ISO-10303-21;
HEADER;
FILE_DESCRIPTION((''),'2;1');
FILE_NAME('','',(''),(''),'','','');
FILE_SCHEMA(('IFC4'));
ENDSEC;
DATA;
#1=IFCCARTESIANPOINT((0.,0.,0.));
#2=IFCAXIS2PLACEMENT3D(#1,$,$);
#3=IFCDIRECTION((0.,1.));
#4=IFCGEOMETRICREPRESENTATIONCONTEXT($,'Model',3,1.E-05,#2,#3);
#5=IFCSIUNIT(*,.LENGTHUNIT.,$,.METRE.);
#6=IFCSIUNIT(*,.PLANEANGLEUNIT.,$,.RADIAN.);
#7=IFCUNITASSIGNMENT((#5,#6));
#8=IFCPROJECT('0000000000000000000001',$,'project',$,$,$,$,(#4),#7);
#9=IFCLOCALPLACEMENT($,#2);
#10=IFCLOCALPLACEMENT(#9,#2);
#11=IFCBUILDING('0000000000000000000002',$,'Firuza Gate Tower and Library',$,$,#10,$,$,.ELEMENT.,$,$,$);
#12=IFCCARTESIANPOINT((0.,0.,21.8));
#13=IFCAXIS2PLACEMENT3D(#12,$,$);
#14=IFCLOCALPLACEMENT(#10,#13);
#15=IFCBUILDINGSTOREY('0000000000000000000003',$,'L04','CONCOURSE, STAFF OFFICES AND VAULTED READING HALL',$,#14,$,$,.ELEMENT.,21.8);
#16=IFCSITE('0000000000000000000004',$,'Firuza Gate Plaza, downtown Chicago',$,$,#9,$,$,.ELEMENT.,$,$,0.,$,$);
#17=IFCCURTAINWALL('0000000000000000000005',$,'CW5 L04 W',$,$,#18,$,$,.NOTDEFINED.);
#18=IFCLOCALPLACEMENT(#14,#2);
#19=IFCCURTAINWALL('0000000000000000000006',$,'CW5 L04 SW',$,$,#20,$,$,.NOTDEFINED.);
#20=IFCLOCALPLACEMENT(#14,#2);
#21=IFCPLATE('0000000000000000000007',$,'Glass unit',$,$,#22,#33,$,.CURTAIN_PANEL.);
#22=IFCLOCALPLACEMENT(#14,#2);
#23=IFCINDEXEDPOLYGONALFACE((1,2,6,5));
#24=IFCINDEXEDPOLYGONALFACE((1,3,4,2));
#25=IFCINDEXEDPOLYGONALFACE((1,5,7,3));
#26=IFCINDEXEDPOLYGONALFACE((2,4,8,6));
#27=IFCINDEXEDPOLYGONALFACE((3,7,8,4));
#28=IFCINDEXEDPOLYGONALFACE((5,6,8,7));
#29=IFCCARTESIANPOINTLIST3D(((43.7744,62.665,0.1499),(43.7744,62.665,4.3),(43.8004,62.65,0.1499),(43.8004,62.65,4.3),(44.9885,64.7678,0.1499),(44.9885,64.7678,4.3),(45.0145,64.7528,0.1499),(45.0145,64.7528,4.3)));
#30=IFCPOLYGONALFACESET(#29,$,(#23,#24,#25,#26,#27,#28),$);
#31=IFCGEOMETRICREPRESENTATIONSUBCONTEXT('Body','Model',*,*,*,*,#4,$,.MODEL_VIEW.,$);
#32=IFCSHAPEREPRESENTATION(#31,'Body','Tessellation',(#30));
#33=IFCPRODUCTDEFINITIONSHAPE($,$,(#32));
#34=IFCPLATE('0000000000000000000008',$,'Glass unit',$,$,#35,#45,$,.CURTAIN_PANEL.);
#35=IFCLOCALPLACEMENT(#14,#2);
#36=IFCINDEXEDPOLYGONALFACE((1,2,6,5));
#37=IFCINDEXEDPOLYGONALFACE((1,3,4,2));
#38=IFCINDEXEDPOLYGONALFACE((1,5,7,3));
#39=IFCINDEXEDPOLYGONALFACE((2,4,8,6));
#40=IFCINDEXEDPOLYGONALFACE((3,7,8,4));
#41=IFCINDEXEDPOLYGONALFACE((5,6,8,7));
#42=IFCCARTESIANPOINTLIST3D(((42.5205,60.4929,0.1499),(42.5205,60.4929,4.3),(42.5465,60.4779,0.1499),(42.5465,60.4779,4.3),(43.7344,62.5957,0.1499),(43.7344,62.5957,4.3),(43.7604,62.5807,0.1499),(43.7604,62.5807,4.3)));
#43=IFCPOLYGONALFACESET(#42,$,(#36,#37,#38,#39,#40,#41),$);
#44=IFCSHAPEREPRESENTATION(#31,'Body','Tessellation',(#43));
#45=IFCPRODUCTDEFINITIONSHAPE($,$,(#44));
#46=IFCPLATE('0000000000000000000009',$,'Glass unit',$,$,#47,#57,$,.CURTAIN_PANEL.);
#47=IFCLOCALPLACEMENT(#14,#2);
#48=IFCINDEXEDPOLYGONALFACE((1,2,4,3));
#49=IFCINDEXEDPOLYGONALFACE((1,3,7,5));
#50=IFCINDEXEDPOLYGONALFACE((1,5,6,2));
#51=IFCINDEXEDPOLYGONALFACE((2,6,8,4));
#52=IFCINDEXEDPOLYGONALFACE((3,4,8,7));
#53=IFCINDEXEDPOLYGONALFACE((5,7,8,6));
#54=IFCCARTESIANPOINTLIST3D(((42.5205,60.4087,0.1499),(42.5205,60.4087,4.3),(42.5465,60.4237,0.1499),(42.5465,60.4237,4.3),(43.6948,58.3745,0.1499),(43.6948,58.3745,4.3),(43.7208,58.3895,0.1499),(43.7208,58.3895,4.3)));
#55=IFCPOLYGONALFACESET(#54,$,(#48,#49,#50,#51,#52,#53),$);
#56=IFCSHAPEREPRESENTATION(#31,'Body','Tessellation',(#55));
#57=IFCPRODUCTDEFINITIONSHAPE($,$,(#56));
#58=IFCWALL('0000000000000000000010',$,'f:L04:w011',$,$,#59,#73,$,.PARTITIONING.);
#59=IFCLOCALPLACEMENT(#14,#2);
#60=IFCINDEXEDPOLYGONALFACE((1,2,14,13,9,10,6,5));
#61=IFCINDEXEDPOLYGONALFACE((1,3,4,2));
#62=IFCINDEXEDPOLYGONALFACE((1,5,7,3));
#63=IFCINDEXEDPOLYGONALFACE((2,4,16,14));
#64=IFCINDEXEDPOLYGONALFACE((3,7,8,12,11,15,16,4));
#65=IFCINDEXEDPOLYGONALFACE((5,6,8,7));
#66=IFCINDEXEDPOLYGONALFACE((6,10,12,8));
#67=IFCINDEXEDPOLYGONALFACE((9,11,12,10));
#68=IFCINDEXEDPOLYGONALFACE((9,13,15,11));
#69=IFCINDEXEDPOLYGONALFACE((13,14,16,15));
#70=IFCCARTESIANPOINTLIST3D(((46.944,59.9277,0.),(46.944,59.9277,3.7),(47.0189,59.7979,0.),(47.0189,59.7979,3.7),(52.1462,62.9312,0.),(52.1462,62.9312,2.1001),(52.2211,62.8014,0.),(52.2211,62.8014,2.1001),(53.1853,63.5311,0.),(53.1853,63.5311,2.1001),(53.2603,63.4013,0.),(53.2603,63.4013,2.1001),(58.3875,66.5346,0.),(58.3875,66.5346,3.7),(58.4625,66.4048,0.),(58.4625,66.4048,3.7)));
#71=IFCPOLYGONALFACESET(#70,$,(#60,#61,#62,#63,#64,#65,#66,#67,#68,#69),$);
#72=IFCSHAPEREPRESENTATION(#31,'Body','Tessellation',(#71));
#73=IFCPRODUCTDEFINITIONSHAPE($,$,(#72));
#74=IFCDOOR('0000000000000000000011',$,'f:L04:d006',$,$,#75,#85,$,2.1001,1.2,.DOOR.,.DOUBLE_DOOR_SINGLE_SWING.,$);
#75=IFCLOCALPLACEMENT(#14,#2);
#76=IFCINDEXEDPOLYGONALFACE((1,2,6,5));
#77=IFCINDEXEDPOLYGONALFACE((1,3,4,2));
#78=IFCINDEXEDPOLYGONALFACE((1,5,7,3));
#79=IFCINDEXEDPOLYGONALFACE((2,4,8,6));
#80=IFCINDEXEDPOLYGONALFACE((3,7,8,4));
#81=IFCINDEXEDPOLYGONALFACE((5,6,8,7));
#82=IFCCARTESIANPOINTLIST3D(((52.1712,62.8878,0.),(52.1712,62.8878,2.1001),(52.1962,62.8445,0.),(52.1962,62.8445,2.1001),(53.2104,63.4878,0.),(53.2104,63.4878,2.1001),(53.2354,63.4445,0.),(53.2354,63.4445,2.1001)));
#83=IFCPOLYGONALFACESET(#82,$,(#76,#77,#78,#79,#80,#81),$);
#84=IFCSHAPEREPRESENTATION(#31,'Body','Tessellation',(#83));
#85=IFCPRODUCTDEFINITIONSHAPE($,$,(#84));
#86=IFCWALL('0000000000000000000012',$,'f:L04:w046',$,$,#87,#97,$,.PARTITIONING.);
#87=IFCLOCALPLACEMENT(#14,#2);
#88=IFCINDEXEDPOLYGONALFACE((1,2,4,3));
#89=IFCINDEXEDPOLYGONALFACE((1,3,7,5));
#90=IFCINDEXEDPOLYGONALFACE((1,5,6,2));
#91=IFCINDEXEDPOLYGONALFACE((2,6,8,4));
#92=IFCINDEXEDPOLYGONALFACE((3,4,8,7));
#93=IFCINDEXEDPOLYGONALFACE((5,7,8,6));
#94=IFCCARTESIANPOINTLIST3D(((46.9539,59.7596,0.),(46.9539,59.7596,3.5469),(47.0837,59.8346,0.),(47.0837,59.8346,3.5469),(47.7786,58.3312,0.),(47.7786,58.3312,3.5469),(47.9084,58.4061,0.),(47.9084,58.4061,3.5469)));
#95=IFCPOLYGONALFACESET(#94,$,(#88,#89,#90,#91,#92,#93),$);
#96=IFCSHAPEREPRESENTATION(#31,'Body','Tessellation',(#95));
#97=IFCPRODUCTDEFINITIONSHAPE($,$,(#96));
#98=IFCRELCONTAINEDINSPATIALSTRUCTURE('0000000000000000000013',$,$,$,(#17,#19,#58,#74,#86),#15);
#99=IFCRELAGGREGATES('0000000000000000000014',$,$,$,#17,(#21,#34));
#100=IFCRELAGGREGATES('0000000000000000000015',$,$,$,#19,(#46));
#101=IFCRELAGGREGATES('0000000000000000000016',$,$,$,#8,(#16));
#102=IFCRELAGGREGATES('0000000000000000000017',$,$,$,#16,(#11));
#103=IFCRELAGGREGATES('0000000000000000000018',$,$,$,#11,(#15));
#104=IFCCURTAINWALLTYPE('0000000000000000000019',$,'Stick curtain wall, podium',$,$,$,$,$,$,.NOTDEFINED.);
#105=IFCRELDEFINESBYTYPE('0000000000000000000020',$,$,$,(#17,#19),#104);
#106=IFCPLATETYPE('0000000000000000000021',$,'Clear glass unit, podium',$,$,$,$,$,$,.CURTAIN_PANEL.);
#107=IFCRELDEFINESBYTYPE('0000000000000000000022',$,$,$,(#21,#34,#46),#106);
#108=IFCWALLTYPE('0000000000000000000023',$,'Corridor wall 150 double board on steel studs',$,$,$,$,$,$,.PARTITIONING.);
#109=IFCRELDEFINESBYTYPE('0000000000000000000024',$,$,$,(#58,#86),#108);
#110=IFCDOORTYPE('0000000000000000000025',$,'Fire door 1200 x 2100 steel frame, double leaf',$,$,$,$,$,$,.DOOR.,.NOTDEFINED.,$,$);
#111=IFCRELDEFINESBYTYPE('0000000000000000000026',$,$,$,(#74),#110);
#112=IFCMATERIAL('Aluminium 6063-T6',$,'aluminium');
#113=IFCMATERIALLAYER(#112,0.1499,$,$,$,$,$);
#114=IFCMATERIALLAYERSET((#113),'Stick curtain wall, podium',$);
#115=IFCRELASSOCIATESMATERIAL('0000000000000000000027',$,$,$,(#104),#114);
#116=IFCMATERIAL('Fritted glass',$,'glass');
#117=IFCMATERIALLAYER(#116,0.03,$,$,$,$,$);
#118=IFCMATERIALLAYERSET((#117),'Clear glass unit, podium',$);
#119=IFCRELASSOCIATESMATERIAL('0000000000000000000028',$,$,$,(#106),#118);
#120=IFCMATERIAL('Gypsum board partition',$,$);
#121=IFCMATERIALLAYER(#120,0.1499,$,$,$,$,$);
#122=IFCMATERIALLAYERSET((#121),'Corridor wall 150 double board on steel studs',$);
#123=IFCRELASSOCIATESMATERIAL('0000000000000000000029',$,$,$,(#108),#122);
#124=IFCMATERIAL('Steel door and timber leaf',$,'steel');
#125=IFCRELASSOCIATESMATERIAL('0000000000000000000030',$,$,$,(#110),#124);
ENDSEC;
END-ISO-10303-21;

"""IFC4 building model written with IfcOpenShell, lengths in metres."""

from ifc_helpers import new_model, si_unit, direction, frame, frame_2d, origin, place, context, subcontext, project, spatial, polyline, rectangle, outline, extrude, material, layer, layer_set, type_object, element, fill, aggregate, save


model = new_model("IFC4")

# Units and contexts
model_context = context("Model", 3, precision=1e-05, world=origin(), true_north=direction((0.0, 1.0)))
body_context = subcontext(model_context, "Body", "Model", "MODEL_VIEW")
ifc_project = project(units=[si_unit("LENGTHUNIT", "METRE"), si_unit("PLANEANGLEUNIT", "RADIAN")], contexts=[model_context])

# Site, building, storey
site_placement = place(None, origin())
site = spatial("IfcSite", under=ifc_project, at=site_placement, Name="Firuza Gate Plaza, downtown Chicago", CompositionType="ELEMENT", RefElevation=0.0)
building_placement = place(site_placement, origin())
building = spatial("IfcBuilding", under=site, at=building_placement, Name="Firuza Gate Tower and Library", CompositionType="ELEMENT")
storey_placement = place(building_placement, frame((0.0, 0.0, 21.8)))
storey = spatial("IfcBuildingStorey", under=building, at=storey_placement, Name="L04", Description="CONCOURSE, STAFF OFFICES AND VAULTED READING HALL", CompositionType="ELEMENT", Elevation=21.8)

# Curtain walls
ifc_material_1 = material(Name="Aluminium 6063-T6", Category="aluminium")
ifc_layer_1 = layer(ifc_material_1, 0.1499)
ifc_layer_set_1 = layer_set([ifc_layer_1], Name="Stick curtain wall, podium")
curtain_wall_type = type_object("IfcCurtainWallType", Name="Stick curtain wall, podium", PredefinedType="NOTDEFINED", material=ifc_layer_set_1)
placement = place(storey_placement, origin())
curtain_wall_1 = element("IfcCurtainWall", 1, at=placement, inside=storey, type_object=curtain_wall_type, Name="CW5 L04 W", PredefinedType="NOTDEFINED")
curtain_wall_2 = element("IfcCurtainWall", 2, at=placement, inside=storey, type_object=curtain_wall_type, Name="CW5 L04 SW", PredefinedType="NOTDEFINED")

# Plates
ifc_material_2 = material(Name="Fritted glass", Category="glass")
ifc_layer_2 = layer(ifc_material_2, 0.03)
ifc_layer_set_2 = layer_set([ifc_layer_2], Name="Clear glass unit, podium")
plate_type = type_object("IfcPlateType", Name="Clear glass unit, podium", PredefinedType="CURTAIN_PANEL", material=ifc_layer_set_2)
plate_1_placement = place(storey_placement, frame((44.9885, 64.7678, 0.1499), z_axis=(-0.866013, 0.500021, 0.0), x_axis=(-0.500021, -0.866013, 0.0)))
plate_1 = element("IfcPlate", 3, at=plate_1_placement, type_object=plate_type, Name="Glass unit", PredefinedType="CURTAIN_PANEL", context=body_context, shape_type="SweptSolid", body=[
    extrude(outline(polyline([(0.0, 0.0), (2.4281, 0.0), (2.4281, 4.1501), (0.0, 4.1501), (0.0, 0.0)])), origin(), (0.0, 0.0, -1.0), 0.03),
])
plate_2_placement = place(storey_placement, frame((43.7344, 62.5957, 0.1499), z_axis=(-0.866057, 0.499946, 0.0), x_axis=(-0.499946, -0.866057, 0.0)))
plate_2 = element("IfcPlate", 4, at=plate_2_placement, type_object=plate_type, Name="Glass unit", PredefinedType="CURTAIN_PANEL", context=body_context, shape_type="SweptSolid", body=[
    extrude(outline(polyline([(0.0, 0.0), (2.428, 0.0), (2.428, 4.1501), (0.0, 4.1501), (0.0, 0.0)])), origin(), (0.0, 0.0, -1.0), 0.03),
])
aggregate(curtain_wall_1, [plate_1, plate_2])
plate_3_placement = place(storey_placement, frame((42.5205, 60.4087, 0.1499), z_axis=(-0.866047, -0.499962, 0.0), x_axis=(0.499962, -0.866047, 0.0)))
plate_3 = element("IfcPlate", 5, at=plate_3_placement, type_object=plate_type, Name="Glass unit", PredefinedType="CURTAIN_PANEL", context=body_context, shape_type="SweptSolid", body=[
    extrude(outline(polyline([(0.0, 0.0), (2.3488, 0.0), (2.3488, 4.1501), (0.0, 4.1501), (0.0, 0.0)])), origin(), (0.0, 0.0, -1.0), 0.03),
])
aggregate(curtain_wall_2, [plate_3])

# Wall, opening, door
ifc_material_3 = material(Name="Gypsum board partition")
ifc_layer_3 = layer(ifc_material_3, 0.1499)
ifc_layer_set_3 = layer_set([ifc_layer_3], Name="Corridor wall 150 double board on steel studs")
wall_type = type_object("IfcWallType", Name="Corridor wall 150 double board on steel studs", PredefinedType="PARTITIONING", material=ifc_layer_set_3)
wall_1_placement = place(storey_placement, frame((46.9814, 59.8628, 0.0), z_axis=(0.0, 0.0, 1.0), x_axis=(0.866027, 0.499998, 0.0)))
wall_1 = element("IfcWall", 6, at=wall_1_placement, inside=storey, type_object=wall_type, Name="f:L04:w011", PredefinedType="PARTITIONING", context=body_context, shape_type="SweptSolid", body=[
    extrude(rectangle(XDim=13.2139, YDim=0.1499, at=frame_2d((6.6069, 0.0))), origin(), (0.0, 0.0, 1.0), 3.7),
])
opening_placement = place(wall_1_placement, frame((6.0068, 0.0, 0.0)))
opening = element("IfcOpeningElement", 7, at=opening_placement, cuts=wall_1, PredefinedType="OPENING", context=body_context, shape_type="SweptSolid", body=[
    extrude(rectangle(XDim=1.2, YDim=2.1001, at=frame_2d((0.6001, 1.05))), frame((0.0, 0.085, 0.0), z_axis=(0.0, -1.0, 0.0), x_axis=(1.0, 0.0, 0.0)), (0.0, 0.0, 1.0), 0.1699),
])
ifc_material_4 = material(Name="Steel door and timber leaf", Category="steel")
door_type = type_object("IfcDoorType", Name="Fire door 1200 x 2100 steel frame, double leaf", OperationType="NOTDEFINED", PredefinedType="DOOR", material=ifc_material_4)
door_placement = place(opening_placement, origin())
door = element("IfcDoor", 8, at=door_placement, inside=storey, type_object=door_type, Name="f:L04:d006", OperationType="DOUBLE_DOOR_SINGLE_SWING", OverallHeight=2.1001, OverallWidth=1.2, PredefinedType="DOOR", context=body_context, shape_type="SweptSolid", body=[
    extrude(rectangle(XDim=1.2, YDim=2.1001, at=frame_2d((0.6001, 1.05))), frame((0.0, 0.0249, 0.0), z_axis=(0.0, -1.0, 0.0), x_axis=(1.0, 0.0, 0.0)), (0.0, 0.0, 1.0), 0.05),
])
fill(opening, door)

# Wall
wall_2_placement = place(storey_placement, frame((47.8435, 58.3687, 0.0), z_axis=(0.0, 0.0, 1.0), x_axis=(-0.499992, 0.86603, 0.0)))
element("IfcWall", 9, at=wall_2_placement, inside=storey, type_object=wall_type, Name="f:L04:w046", PredefinedType="PARTITIONING", context=body_context, shape_type="SweptSolid", body=[
    extrude(rectangle(XDim=1.6494, YDim=0.1499, at=frame_2d((0.8247, 0.0))), origin(), (0.0, 0.0, 1.0), 3.5469),
])

save(model, "model.ifc")
